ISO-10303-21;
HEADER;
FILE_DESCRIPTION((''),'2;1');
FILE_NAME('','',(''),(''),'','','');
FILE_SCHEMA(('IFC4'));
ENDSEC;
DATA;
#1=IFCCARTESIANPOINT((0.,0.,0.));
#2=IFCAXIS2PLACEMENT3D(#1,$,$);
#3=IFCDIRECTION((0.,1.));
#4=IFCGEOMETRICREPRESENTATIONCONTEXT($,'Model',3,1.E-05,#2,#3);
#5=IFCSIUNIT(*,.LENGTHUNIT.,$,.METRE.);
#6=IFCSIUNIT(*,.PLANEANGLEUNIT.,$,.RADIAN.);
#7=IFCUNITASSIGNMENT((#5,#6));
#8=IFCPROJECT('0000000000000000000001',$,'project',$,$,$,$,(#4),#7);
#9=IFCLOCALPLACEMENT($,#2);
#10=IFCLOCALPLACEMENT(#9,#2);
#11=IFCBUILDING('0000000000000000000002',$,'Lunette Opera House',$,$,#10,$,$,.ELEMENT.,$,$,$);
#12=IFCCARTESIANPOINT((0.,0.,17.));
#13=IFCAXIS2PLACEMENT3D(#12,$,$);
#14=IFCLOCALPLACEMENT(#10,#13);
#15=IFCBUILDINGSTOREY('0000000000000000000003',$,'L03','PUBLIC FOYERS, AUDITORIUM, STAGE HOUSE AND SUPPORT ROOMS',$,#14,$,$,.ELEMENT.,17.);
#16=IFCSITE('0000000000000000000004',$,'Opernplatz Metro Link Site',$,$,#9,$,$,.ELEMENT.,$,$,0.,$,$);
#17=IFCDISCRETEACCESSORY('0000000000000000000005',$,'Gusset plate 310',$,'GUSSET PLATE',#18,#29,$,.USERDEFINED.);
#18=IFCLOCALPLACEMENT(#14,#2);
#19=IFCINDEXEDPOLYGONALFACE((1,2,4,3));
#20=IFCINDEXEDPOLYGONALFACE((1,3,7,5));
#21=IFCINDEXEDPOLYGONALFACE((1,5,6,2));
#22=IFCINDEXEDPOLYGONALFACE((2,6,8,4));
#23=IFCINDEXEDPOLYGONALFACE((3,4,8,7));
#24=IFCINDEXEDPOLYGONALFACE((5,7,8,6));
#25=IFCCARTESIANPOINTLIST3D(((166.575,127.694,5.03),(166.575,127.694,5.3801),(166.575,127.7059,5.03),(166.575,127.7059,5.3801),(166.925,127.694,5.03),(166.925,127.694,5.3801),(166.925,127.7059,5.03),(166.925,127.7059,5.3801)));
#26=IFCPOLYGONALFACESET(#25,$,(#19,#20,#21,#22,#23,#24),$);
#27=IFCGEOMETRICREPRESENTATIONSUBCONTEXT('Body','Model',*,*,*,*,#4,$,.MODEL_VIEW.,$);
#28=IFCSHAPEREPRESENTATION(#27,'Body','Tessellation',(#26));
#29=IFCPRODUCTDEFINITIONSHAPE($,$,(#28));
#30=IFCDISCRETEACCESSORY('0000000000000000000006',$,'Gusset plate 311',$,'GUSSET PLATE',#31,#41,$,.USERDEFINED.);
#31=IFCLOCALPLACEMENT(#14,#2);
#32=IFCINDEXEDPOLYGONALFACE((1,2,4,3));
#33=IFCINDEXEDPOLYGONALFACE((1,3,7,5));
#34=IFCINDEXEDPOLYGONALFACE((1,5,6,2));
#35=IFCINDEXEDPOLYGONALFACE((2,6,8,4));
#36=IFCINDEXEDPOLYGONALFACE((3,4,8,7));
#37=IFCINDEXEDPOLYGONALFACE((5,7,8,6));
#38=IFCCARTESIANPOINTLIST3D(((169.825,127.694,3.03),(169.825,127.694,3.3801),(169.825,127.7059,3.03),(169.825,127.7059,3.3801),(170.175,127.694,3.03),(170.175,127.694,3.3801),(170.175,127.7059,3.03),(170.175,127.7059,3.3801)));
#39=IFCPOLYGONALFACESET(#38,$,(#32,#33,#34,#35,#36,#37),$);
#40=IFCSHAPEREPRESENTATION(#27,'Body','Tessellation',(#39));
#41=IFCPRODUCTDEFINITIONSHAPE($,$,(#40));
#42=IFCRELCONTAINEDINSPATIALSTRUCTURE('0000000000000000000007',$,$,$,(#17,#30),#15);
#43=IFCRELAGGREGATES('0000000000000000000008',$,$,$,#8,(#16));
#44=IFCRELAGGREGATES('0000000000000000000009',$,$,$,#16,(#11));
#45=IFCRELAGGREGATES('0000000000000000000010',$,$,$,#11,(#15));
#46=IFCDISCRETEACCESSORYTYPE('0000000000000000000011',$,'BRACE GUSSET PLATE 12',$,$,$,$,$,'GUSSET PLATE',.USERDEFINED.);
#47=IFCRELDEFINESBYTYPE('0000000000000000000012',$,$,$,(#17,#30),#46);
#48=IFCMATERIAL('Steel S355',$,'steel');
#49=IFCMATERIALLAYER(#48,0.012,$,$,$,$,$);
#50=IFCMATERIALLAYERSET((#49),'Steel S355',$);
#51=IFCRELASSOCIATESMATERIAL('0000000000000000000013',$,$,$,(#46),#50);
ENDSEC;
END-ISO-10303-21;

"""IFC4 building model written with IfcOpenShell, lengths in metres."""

from ifc_helpers import new_model, si_unit, direction, frame, origin, origin_2d, place, context, subcontext, project, spatial, rectangle, extrude, material, layer, layer_set, type_object, element, save


model = new_model("IFC4")

# Units and contexts
model_context = context("Model", 3, precision=1e-05, world=origin(), true_north=direction((0.0, 1.0)))
body_context = subcontext(model_context, "Body", "Model", "MODEL_VIEW")
ifc_project = project(units=[si_unit("LENGTHUNIT", "METRE"), si_unit("PLANEANGLEUNIT", "RADIAN")], contexts=[model_context])

# Site, building, storey
site_placement = place(None, origin())
site = spatial("IfcSite", under=ifc_project, at=site_placement, Name="Opernplatz Metro Link Site", CompositionType="ELEMENT", RefElevation=0.0)
building_placement = place(site_placement, origin())
building = spatial("IfcBuilding", under=site, at=building_placement, Name="Lunette Opera House", CompositionType="ELEMENT")
storey_placement = place(building_placement, frame((0.0, 0.0, 17.0)))
storey = spatial("IfcBuildingStorey", under=building, at=storey_placement, Name="L03", Description="PUBLIC FOYERS, AUDITORIUM, STAGE HOUSE AND SUPPORT ROOMS", CompositionType="ELEMENT", Elevation=17.0)

# Discrete accessories
ifc_material_1 = material(Name="Steel S355", Category="steel")
ifc_layer_1 = layer(ifc_material_1, 0.012)
ifc_layer_set_1 = layer_set([ifc_layer_1], Name="Steel S355")
discrete_accessory_type = type_object("IfcDiscreteAccessoryType", Name="BRACE GUSSET PLATE 12", ElementType="GUSSET PLATE", PredefinedType="USERDEFINED", material=ifc_layer_set_1)
for number, where, z_axis, x_axis, name in (
    (1, (166.75, 127.7, 5.03), (0.0, 0.0, 1.0), (1.0, 0.0, 0.0), "Gusset plate 310"),
    (2, (170.0, 127.7, 3.03), (0.0, 0.0, 1.0), (1.0, 0.0, 0.0), "Gusset plate 311"),
):
    element("IfcDiscreteAccessory", number, at=place(storey_placement, frame(where, z_axis=z_axis, x_axis=x_axis)), inside=storey, type_object=discrete_accessory_type, Name=name, ObjectType="GUSSET PLATE", PredefinedType="USERDEFINED", context=body_context, shape_type="SweptSolid", body=[
        extrude(rectangle(XDim=0.3501, YDim=0.012, at=origin_2d()), origin(), (0.0, 0.0, 1.0), 0.3501),
    ])

save(model, "model.ifc")
